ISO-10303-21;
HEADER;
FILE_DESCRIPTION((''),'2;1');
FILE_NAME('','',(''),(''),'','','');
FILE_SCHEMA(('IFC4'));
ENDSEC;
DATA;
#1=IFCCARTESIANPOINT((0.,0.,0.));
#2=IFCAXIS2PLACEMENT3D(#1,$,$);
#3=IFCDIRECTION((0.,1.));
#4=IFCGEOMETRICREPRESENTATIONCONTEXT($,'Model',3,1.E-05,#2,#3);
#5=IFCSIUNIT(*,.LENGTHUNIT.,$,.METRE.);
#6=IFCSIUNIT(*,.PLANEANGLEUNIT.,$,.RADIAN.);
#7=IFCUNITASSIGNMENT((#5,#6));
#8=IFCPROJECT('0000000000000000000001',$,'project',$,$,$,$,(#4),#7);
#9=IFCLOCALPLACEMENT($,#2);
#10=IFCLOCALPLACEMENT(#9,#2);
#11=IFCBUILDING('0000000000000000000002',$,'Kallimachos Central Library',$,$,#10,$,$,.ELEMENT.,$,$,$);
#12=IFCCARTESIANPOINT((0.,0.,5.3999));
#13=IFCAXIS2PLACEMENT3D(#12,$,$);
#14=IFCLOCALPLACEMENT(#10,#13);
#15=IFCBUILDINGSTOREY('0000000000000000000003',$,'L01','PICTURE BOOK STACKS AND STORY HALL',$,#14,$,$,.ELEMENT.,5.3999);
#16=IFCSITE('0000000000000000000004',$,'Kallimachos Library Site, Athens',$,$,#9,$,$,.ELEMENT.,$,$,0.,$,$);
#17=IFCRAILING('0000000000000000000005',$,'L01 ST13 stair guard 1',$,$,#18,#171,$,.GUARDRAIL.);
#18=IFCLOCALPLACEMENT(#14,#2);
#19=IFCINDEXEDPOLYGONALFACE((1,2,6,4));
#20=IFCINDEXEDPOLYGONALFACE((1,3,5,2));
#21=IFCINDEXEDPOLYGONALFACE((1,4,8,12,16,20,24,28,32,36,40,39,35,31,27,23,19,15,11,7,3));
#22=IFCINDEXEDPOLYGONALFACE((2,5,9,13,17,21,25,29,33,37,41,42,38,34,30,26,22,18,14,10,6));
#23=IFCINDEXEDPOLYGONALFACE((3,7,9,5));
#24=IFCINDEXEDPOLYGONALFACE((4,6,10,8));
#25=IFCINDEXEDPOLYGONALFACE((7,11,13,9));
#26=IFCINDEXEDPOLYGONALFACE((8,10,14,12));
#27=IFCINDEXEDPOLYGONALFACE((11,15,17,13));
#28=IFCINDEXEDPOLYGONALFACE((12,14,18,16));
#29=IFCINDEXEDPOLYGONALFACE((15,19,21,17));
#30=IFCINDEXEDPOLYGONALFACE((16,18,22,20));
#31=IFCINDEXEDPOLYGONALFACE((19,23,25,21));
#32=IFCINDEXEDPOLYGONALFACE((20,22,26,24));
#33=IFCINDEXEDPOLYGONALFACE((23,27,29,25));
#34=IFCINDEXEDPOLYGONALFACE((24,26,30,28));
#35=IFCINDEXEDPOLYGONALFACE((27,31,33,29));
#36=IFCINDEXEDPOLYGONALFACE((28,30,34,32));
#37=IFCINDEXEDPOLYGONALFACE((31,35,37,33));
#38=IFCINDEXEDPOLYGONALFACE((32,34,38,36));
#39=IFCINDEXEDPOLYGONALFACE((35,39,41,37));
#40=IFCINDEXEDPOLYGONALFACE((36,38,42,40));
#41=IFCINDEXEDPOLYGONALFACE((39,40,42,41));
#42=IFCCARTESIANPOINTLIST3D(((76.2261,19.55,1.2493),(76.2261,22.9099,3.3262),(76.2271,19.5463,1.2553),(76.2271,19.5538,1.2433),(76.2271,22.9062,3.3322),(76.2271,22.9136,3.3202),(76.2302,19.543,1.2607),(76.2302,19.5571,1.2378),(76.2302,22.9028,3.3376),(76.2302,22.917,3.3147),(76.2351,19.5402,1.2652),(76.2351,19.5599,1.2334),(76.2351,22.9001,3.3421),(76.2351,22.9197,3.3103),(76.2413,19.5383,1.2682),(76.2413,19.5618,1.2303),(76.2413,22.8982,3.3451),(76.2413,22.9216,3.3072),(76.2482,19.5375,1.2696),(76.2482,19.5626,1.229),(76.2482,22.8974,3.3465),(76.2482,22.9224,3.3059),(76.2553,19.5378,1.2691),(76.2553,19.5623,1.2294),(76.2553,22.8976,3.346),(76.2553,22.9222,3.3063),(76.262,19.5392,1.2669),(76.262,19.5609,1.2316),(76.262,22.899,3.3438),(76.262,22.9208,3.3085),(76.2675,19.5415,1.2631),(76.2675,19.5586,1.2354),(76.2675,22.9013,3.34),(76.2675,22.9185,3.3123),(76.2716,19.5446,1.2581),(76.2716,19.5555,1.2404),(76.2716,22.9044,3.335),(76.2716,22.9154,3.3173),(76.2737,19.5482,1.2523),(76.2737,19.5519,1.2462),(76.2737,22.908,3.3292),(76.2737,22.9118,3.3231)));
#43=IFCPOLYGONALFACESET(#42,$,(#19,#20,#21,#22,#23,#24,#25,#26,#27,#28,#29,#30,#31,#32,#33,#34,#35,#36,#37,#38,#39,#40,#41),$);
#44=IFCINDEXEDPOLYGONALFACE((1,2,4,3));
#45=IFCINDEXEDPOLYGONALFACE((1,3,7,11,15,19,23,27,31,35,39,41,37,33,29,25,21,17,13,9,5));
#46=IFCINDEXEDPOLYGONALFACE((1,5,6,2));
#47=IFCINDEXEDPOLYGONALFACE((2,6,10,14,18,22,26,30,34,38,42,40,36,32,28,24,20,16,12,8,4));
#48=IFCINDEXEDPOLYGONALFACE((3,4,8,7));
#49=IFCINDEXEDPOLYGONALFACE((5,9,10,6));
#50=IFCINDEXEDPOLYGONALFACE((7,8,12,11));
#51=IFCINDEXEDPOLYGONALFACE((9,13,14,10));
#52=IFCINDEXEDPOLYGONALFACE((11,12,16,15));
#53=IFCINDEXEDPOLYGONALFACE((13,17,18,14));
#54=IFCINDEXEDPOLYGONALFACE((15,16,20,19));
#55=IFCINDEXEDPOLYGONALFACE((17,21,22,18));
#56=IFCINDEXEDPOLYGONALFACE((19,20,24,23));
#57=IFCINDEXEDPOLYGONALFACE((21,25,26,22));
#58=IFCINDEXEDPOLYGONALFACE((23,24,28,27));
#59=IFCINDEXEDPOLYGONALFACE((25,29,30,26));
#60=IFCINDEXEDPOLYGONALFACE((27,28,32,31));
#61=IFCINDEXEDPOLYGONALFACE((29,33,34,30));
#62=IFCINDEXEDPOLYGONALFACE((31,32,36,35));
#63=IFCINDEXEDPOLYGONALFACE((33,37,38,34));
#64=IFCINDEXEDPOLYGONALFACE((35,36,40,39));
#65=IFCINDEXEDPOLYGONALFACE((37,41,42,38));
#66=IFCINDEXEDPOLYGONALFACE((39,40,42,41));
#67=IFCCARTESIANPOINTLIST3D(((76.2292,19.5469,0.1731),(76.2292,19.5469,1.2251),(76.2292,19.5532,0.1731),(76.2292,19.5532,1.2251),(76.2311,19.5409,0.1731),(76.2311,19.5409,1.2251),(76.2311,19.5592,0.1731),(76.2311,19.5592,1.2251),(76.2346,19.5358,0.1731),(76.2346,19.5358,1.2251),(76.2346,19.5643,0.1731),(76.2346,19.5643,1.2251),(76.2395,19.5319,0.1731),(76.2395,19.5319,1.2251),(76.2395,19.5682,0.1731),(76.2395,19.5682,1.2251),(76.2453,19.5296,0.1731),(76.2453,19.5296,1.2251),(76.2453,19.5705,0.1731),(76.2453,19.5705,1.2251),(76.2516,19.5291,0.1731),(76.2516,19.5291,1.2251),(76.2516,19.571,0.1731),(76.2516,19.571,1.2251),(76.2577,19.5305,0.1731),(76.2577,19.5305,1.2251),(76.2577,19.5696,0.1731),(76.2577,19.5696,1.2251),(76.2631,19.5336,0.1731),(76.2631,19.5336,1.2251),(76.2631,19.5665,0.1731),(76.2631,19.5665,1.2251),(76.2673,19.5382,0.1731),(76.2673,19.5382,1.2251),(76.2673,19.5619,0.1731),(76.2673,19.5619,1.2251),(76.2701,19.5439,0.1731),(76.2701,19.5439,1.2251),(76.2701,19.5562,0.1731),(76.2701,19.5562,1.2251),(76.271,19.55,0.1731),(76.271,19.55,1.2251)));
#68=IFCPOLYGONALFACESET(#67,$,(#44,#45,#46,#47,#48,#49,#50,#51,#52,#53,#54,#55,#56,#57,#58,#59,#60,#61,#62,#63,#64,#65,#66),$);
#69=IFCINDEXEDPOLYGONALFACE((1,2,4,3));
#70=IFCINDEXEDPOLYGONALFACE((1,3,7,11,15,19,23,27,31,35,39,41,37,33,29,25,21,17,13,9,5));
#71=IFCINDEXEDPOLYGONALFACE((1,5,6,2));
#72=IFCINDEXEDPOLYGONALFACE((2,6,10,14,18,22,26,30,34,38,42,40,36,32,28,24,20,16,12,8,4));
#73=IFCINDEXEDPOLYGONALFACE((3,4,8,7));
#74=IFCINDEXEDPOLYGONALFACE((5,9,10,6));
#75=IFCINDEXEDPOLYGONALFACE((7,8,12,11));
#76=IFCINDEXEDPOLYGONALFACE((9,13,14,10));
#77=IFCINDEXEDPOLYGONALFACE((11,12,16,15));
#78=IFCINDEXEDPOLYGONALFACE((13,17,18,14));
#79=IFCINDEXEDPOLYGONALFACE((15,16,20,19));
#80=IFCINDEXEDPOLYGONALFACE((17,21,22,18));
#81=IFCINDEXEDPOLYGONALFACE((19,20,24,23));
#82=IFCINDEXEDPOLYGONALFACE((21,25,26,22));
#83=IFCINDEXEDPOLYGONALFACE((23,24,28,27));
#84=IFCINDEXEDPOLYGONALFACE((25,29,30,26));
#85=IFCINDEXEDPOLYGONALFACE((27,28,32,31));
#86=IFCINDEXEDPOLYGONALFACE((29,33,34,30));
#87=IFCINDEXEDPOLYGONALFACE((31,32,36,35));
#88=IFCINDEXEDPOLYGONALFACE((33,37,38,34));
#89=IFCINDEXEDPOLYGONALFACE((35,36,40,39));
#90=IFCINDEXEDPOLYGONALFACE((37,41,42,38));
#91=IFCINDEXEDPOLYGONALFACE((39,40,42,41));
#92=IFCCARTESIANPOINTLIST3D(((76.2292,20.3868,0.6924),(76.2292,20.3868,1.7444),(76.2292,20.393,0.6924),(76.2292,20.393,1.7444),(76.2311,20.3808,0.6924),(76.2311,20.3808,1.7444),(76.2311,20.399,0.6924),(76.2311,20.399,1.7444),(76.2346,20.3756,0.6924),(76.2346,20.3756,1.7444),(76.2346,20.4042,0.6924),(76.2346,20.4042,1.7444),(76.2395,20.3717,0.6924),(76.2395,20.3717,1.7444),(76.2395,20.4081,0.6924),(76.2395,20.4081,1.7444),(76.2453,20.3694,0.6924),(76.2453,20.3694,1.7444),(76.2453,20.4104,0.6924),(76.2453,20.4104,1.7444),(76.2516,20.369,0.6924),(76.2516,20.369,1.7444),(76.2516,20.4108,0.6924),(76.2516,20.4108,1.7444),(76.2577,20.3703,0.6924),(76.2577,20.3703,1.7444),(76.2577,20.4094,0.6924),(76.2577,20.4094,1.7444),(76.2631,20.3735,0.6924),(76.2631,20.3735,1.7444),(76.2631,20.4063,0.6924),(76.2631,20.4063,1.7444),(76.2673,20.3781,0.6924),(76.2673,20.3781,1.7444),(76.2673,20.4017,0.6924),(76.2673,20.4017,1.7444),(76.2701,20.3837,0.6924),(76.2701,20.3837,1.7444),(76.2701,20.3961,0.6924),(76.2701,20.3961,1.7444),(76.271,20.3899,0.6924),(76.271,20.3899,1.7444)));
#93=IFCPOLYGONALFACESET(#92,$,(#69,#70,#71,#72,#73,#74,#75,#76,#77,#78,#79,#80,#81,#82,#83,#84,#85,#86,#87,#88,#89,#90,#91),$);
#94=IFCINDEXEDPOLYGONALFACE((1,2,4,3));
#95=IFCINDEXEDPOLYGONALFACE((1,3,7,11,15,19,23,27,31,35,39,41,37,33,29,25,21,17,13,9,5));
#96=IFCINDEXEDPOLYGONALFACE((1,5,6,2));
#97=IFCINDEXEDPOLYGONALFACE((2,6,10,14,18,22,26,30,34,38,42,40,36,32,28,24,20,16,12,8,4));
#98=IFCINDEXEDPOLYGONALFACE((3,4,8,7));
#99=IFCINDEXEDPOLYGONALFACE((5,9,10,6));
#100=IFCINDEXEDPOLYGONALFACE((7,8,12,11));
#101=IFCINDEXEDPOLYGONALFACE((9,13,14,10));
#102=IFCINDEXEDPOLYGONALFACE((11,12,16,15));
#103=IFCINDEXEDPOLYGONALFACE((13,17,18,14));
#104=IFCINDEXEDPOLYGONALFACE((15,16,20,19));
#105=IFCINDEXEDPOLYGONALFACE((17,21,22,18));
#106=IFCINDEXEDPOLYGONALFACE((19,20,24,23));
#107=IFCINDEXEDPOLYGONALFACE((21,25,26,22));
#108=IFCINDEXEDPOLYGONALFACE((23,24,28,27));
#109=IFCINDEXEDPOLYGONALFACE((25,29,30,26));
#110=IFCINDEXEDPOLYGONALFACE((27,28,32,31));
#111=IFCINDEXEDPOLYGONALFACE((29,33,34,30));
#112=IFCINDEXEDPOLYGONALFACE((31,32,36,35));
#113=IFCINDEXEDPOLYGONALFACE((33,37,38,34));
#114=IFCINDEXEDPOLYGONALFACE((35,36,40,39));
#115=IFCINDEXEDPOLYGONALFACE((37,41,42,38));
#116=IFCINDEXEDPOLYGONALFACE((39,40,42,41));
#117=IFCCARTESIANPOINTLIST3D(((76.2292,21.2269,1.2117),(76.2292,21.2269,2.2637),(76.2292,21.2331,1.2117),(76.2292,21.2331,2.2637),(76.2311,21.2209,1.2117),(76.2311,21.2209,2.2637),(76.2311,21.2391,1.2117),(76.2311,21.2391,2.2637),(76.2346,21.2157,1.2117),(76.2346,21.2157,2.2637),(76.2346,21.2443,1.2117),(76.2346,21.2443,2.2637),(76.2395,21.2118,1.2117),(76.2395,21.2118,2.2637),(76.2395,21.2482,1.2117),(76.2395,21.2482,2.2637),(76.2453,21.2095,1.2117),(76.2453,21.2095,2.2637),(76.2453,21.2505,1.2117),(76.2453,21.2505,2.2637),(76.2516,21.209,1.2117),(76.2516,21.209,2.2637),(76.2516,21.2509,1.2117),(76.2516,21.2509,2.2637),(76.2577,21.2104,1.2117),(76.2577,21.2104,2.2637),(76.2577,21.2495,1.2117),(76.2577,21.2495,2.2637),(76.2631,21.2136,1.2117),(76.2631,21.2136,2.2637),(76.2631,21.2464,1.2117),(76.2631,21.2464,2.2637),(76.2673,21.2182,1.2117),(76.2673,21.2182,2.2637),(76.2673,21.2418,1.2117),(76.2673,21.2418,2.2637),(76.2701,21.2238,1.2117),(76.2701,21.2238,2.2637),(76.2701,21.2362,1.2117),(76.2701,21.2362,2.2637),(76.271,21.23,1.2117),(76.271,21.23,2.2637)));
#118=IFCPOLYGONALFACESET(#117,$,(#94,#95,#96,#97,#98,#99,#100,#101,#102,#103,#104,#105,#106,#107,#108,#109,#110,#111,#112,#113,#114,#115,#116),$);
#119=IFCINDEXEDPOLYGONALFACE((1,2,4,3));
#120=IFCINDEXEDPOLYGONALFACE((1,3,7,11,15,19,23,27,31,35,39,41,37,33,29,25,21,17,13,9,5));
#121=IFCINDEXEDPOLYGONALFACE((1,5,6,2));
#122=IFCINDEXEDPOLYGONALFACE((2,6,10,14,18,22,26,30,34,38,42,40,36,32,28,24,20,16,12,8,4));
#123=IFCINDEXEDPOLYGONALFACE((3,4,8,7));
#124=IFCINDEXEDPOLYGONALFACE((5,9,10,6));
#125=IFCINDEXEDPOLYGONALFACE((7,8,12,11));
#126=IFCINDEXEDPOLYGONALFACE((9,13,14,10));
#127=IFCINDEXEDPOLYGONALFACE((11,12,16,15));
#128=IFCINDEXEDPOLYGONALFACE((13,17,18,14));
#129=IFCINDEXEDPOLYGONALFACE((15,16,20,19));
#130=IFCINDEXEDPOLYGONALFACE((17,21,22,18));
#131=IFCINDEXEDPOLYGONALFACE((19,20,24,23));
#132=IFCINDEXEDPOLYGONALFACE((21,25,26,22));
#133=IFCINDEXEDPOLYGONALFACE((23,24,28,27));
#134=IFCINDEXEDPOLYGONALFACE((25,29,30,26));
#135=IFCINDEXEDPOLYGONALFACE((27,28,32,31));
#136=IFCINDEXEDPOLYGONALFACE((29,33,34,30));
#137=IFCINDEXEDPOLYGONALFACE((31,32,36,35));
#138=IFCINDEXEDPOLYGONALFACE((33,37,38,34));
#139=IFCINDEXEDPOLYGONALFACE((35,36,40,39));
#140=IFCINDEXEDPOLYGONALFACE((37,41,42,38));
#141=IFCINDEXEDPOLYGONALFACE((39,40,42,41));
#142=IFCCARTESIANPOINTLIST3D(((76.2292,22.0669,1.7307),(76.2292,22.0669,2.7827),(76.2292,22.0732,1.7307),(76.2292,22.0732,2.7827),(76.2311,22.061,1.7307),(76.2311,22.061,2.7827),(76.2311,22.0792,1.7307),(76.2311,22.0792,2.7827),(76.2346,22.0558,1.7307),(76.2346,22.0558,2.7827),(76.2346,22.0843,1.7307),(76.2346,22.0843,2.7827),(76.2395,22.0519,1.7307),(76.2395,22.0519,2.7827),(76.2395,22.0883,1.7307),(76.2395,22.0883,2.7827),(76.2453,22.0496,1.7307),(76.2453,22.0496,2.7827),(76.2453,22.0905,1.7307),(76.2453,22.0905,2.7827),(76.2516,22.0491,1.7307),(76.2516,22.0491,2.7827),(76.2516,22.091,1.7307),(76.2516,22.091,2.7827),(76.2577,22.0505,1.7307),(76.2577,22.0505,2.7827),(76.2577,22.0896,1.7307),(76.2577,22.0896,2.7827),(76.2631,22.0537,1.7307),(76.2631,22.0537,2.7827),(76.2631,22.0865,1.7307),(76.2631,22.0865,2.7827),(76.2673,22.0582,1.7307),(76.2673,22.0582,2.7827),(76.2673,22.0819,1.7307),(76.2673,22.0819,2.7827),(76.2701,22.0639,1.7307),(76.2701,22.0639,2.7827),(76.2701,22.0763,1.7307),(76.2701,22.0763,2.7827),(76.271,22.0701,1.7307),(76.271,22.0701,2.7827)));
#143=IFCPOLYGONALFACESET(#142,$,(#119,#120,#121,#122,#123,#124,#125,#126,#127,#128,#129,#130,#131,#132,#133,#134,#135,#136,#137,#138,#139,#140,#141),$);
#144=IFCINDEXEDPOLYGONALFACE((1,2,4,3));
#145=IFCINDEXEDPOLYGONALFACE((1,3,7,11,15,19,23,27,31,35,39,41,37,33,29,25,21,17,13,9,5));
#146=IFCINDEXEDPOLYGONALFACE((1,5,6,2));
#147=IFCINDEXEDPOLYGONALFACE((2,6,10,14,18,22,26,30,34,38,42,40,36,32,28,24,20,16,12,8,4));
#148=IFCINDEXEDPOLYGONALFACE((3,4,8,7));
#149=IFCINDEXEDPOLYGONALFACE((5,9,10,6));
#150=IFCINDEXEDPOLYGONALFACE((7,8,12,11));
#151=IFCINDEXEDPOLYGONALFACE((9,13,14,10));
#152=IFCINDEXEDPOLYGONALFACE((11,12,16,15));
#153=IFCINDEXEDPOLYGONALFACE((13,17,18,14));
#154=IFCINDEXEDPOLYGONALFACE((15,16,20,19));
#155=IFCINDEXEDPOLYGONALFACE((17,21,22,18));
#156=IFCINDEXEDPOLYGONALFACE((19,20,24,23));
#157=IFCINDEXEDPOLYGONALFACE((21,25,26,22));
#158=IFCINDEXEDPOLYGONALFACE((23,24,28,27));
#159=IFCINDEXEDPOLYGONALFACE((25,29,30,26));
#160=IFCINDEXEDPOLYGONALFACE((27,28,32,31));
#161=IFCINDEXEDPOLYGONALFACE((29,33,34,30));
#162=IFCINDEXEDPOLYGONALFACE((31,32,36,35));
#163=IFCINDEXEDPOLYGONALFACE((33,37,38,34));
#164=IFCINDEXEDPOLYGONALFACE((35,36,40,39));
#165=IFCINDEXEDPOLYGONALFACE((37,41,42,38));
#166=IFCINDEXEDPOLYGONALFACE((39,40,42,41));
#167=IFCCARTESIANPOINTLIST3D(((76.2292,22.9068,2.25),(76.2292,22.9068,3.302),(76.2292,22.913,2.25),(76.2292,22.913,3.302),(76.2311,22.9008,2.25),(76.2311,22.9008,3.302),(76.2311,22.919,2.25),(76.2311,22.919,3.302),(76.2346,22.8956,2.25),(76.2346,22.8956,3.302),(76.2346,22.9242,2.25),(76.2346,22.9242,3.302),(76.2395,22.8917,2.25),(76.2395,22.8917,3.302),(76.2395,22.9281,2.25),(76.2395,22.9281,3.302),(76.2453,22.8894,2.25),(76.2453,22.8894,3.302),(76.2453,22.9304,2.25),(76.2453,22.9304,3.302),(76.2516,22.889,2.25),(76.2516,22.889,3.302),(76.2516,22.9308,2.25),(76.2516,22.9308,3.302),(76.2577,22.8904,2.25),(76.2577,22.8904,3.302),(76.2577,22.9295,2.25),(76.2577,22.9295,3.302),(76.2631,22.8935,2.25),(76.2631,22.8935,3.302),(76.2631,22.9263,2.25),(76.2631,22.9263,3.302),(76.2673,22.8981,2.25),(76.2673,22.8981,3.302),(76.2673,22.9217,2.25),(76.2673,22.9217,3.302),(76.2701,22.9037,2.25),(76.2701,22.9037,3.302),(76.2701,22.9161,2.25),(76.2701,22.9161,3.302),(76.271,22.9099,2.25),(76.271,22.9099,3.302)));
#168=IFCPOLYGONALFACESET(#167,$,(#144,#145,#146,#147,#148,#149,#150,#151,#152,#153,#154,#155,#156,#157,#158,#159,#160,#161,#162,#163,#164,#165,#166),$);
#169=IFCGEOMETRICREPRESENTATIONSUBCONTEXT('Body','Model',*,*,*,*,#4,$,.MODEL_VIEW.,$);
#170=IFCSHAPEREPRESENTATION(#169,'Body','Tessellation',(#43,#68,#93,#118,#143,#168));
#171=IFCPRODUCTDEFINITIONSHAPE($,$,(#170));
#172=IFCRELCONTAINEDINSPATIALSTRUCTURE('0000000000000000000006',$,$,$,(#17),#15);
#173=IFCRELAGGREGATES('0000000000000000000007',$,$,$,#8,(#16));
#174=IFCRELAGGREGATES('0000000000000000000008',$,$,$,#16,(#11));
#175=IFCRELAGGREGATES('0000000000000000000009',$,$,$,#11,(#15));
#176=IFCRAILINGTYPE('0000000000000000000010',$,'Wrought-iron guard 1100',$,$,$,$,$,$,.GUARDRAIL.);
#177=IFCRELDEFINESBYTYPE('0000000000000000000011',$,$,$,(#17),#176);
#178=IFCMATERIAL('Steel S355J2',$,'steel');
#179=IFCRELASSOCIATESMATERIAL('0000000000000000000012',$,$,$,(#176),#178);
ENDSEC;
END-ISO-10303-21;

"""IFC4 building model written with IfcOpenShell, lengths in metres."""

from ifc_helpers import new_model, si_unit, direction, frame, origin, origin_2d, place, context, subcontext, project, spatial, circle, extrude, material, type_object, element, save


model = new_model("IFC4")

# Units and contexts
model_context = context("Model", 3, precision=1e-05, world=origin(), true_north=direction((0.0, 1.0)))
body_context = subcontext(model_context, "Body", "Model", "MODEL_VIEW")
ifc_project = project(units=[si_unit("LENGTHUNIT", "METRE"), si_unit("PLANEANGLEUNIT", "RADIAN")], contexts=[model_context])

# Site, building, storey
site_placement = place(None, origin())
site = spatial("IfcSite", under=ifc_project, at=site_placement, Name="Kallimachos Library Site, Athens", CompositionType="ELEMENT", RefElevation=0.0)
building_placement = place(site_placement, origin())
building = spatial("IfcBuilding", under=site, at=building_placement, Name="Kallimachos Central Library", CompositionType="ELEMENT")
storey_placement = place(building_placement, frame((0.0, 0.0, 5.3999)))
storey = spatial("IfcBuildingStorey", under=building, at=storey_placement, Name="L01", Description="PICTURE BOOK STACKS AND STORY HALL", CompositionType="ELEMENT", Elevation=5.3999)

# Railing
ifc_material_1 = material(Name="Steel S355J2", Category="steel")
railing_type_1 = type_object("IfcRailingType", Name="Wrought-iron guard 1100", PredefinedType="GUARDRAIL", material=ifc_material_1)
railing_1_placement = place(storey_placement, frame((76.25, 19.55, 0.1731)))
element("IfcRailing", 1, at=railing_1_placement, inside=storey, type_object=railing_type_1, Name="L01 ST13 stair guard 1", PredefinedType="GUARDRAIL", context=body_context, shape_type="SweptSolid", body=[
    extrude(circle(Radius=0.0239, at=origin_2d()), frame((0.0, 0.0, 1.0762), z_axis=(0.0, 0.850606, 0.525803), x_axis=(-1.0, 0.0, 0.0)), (0.0, 0.0, 1.0), 3.95),
    extrude(circle(Radius=0.021, at=origin_2d()), origin(), (0.0, 0.0, 1.0), 1.052),
    extrude(circle(Radius=0.021, at=origin_2d()), frame((0.0, 0.8398, 0.5193)), (0.0, 0.0, 1.0), 1.052),
    extrude(circle(Radius=0.021, at=origin_2d()), frame((0.0, 1.6799, 1.0386)), (0.0, 0.0, 1.0), 1.052),
    extrude(circle(Radius=0.021, at=origin_2d()), frame((0.0, 2.52, 1.5576)), (0.0, 0.0, 1.0), 1.052),
    extrude(circle(Radius=0.021, at=origin_2d()), frame((0.0, 3.3599, 2.0769)), (0.0, 0.0, 1.0), 1.052),
])

save(model, "model.ifc")
